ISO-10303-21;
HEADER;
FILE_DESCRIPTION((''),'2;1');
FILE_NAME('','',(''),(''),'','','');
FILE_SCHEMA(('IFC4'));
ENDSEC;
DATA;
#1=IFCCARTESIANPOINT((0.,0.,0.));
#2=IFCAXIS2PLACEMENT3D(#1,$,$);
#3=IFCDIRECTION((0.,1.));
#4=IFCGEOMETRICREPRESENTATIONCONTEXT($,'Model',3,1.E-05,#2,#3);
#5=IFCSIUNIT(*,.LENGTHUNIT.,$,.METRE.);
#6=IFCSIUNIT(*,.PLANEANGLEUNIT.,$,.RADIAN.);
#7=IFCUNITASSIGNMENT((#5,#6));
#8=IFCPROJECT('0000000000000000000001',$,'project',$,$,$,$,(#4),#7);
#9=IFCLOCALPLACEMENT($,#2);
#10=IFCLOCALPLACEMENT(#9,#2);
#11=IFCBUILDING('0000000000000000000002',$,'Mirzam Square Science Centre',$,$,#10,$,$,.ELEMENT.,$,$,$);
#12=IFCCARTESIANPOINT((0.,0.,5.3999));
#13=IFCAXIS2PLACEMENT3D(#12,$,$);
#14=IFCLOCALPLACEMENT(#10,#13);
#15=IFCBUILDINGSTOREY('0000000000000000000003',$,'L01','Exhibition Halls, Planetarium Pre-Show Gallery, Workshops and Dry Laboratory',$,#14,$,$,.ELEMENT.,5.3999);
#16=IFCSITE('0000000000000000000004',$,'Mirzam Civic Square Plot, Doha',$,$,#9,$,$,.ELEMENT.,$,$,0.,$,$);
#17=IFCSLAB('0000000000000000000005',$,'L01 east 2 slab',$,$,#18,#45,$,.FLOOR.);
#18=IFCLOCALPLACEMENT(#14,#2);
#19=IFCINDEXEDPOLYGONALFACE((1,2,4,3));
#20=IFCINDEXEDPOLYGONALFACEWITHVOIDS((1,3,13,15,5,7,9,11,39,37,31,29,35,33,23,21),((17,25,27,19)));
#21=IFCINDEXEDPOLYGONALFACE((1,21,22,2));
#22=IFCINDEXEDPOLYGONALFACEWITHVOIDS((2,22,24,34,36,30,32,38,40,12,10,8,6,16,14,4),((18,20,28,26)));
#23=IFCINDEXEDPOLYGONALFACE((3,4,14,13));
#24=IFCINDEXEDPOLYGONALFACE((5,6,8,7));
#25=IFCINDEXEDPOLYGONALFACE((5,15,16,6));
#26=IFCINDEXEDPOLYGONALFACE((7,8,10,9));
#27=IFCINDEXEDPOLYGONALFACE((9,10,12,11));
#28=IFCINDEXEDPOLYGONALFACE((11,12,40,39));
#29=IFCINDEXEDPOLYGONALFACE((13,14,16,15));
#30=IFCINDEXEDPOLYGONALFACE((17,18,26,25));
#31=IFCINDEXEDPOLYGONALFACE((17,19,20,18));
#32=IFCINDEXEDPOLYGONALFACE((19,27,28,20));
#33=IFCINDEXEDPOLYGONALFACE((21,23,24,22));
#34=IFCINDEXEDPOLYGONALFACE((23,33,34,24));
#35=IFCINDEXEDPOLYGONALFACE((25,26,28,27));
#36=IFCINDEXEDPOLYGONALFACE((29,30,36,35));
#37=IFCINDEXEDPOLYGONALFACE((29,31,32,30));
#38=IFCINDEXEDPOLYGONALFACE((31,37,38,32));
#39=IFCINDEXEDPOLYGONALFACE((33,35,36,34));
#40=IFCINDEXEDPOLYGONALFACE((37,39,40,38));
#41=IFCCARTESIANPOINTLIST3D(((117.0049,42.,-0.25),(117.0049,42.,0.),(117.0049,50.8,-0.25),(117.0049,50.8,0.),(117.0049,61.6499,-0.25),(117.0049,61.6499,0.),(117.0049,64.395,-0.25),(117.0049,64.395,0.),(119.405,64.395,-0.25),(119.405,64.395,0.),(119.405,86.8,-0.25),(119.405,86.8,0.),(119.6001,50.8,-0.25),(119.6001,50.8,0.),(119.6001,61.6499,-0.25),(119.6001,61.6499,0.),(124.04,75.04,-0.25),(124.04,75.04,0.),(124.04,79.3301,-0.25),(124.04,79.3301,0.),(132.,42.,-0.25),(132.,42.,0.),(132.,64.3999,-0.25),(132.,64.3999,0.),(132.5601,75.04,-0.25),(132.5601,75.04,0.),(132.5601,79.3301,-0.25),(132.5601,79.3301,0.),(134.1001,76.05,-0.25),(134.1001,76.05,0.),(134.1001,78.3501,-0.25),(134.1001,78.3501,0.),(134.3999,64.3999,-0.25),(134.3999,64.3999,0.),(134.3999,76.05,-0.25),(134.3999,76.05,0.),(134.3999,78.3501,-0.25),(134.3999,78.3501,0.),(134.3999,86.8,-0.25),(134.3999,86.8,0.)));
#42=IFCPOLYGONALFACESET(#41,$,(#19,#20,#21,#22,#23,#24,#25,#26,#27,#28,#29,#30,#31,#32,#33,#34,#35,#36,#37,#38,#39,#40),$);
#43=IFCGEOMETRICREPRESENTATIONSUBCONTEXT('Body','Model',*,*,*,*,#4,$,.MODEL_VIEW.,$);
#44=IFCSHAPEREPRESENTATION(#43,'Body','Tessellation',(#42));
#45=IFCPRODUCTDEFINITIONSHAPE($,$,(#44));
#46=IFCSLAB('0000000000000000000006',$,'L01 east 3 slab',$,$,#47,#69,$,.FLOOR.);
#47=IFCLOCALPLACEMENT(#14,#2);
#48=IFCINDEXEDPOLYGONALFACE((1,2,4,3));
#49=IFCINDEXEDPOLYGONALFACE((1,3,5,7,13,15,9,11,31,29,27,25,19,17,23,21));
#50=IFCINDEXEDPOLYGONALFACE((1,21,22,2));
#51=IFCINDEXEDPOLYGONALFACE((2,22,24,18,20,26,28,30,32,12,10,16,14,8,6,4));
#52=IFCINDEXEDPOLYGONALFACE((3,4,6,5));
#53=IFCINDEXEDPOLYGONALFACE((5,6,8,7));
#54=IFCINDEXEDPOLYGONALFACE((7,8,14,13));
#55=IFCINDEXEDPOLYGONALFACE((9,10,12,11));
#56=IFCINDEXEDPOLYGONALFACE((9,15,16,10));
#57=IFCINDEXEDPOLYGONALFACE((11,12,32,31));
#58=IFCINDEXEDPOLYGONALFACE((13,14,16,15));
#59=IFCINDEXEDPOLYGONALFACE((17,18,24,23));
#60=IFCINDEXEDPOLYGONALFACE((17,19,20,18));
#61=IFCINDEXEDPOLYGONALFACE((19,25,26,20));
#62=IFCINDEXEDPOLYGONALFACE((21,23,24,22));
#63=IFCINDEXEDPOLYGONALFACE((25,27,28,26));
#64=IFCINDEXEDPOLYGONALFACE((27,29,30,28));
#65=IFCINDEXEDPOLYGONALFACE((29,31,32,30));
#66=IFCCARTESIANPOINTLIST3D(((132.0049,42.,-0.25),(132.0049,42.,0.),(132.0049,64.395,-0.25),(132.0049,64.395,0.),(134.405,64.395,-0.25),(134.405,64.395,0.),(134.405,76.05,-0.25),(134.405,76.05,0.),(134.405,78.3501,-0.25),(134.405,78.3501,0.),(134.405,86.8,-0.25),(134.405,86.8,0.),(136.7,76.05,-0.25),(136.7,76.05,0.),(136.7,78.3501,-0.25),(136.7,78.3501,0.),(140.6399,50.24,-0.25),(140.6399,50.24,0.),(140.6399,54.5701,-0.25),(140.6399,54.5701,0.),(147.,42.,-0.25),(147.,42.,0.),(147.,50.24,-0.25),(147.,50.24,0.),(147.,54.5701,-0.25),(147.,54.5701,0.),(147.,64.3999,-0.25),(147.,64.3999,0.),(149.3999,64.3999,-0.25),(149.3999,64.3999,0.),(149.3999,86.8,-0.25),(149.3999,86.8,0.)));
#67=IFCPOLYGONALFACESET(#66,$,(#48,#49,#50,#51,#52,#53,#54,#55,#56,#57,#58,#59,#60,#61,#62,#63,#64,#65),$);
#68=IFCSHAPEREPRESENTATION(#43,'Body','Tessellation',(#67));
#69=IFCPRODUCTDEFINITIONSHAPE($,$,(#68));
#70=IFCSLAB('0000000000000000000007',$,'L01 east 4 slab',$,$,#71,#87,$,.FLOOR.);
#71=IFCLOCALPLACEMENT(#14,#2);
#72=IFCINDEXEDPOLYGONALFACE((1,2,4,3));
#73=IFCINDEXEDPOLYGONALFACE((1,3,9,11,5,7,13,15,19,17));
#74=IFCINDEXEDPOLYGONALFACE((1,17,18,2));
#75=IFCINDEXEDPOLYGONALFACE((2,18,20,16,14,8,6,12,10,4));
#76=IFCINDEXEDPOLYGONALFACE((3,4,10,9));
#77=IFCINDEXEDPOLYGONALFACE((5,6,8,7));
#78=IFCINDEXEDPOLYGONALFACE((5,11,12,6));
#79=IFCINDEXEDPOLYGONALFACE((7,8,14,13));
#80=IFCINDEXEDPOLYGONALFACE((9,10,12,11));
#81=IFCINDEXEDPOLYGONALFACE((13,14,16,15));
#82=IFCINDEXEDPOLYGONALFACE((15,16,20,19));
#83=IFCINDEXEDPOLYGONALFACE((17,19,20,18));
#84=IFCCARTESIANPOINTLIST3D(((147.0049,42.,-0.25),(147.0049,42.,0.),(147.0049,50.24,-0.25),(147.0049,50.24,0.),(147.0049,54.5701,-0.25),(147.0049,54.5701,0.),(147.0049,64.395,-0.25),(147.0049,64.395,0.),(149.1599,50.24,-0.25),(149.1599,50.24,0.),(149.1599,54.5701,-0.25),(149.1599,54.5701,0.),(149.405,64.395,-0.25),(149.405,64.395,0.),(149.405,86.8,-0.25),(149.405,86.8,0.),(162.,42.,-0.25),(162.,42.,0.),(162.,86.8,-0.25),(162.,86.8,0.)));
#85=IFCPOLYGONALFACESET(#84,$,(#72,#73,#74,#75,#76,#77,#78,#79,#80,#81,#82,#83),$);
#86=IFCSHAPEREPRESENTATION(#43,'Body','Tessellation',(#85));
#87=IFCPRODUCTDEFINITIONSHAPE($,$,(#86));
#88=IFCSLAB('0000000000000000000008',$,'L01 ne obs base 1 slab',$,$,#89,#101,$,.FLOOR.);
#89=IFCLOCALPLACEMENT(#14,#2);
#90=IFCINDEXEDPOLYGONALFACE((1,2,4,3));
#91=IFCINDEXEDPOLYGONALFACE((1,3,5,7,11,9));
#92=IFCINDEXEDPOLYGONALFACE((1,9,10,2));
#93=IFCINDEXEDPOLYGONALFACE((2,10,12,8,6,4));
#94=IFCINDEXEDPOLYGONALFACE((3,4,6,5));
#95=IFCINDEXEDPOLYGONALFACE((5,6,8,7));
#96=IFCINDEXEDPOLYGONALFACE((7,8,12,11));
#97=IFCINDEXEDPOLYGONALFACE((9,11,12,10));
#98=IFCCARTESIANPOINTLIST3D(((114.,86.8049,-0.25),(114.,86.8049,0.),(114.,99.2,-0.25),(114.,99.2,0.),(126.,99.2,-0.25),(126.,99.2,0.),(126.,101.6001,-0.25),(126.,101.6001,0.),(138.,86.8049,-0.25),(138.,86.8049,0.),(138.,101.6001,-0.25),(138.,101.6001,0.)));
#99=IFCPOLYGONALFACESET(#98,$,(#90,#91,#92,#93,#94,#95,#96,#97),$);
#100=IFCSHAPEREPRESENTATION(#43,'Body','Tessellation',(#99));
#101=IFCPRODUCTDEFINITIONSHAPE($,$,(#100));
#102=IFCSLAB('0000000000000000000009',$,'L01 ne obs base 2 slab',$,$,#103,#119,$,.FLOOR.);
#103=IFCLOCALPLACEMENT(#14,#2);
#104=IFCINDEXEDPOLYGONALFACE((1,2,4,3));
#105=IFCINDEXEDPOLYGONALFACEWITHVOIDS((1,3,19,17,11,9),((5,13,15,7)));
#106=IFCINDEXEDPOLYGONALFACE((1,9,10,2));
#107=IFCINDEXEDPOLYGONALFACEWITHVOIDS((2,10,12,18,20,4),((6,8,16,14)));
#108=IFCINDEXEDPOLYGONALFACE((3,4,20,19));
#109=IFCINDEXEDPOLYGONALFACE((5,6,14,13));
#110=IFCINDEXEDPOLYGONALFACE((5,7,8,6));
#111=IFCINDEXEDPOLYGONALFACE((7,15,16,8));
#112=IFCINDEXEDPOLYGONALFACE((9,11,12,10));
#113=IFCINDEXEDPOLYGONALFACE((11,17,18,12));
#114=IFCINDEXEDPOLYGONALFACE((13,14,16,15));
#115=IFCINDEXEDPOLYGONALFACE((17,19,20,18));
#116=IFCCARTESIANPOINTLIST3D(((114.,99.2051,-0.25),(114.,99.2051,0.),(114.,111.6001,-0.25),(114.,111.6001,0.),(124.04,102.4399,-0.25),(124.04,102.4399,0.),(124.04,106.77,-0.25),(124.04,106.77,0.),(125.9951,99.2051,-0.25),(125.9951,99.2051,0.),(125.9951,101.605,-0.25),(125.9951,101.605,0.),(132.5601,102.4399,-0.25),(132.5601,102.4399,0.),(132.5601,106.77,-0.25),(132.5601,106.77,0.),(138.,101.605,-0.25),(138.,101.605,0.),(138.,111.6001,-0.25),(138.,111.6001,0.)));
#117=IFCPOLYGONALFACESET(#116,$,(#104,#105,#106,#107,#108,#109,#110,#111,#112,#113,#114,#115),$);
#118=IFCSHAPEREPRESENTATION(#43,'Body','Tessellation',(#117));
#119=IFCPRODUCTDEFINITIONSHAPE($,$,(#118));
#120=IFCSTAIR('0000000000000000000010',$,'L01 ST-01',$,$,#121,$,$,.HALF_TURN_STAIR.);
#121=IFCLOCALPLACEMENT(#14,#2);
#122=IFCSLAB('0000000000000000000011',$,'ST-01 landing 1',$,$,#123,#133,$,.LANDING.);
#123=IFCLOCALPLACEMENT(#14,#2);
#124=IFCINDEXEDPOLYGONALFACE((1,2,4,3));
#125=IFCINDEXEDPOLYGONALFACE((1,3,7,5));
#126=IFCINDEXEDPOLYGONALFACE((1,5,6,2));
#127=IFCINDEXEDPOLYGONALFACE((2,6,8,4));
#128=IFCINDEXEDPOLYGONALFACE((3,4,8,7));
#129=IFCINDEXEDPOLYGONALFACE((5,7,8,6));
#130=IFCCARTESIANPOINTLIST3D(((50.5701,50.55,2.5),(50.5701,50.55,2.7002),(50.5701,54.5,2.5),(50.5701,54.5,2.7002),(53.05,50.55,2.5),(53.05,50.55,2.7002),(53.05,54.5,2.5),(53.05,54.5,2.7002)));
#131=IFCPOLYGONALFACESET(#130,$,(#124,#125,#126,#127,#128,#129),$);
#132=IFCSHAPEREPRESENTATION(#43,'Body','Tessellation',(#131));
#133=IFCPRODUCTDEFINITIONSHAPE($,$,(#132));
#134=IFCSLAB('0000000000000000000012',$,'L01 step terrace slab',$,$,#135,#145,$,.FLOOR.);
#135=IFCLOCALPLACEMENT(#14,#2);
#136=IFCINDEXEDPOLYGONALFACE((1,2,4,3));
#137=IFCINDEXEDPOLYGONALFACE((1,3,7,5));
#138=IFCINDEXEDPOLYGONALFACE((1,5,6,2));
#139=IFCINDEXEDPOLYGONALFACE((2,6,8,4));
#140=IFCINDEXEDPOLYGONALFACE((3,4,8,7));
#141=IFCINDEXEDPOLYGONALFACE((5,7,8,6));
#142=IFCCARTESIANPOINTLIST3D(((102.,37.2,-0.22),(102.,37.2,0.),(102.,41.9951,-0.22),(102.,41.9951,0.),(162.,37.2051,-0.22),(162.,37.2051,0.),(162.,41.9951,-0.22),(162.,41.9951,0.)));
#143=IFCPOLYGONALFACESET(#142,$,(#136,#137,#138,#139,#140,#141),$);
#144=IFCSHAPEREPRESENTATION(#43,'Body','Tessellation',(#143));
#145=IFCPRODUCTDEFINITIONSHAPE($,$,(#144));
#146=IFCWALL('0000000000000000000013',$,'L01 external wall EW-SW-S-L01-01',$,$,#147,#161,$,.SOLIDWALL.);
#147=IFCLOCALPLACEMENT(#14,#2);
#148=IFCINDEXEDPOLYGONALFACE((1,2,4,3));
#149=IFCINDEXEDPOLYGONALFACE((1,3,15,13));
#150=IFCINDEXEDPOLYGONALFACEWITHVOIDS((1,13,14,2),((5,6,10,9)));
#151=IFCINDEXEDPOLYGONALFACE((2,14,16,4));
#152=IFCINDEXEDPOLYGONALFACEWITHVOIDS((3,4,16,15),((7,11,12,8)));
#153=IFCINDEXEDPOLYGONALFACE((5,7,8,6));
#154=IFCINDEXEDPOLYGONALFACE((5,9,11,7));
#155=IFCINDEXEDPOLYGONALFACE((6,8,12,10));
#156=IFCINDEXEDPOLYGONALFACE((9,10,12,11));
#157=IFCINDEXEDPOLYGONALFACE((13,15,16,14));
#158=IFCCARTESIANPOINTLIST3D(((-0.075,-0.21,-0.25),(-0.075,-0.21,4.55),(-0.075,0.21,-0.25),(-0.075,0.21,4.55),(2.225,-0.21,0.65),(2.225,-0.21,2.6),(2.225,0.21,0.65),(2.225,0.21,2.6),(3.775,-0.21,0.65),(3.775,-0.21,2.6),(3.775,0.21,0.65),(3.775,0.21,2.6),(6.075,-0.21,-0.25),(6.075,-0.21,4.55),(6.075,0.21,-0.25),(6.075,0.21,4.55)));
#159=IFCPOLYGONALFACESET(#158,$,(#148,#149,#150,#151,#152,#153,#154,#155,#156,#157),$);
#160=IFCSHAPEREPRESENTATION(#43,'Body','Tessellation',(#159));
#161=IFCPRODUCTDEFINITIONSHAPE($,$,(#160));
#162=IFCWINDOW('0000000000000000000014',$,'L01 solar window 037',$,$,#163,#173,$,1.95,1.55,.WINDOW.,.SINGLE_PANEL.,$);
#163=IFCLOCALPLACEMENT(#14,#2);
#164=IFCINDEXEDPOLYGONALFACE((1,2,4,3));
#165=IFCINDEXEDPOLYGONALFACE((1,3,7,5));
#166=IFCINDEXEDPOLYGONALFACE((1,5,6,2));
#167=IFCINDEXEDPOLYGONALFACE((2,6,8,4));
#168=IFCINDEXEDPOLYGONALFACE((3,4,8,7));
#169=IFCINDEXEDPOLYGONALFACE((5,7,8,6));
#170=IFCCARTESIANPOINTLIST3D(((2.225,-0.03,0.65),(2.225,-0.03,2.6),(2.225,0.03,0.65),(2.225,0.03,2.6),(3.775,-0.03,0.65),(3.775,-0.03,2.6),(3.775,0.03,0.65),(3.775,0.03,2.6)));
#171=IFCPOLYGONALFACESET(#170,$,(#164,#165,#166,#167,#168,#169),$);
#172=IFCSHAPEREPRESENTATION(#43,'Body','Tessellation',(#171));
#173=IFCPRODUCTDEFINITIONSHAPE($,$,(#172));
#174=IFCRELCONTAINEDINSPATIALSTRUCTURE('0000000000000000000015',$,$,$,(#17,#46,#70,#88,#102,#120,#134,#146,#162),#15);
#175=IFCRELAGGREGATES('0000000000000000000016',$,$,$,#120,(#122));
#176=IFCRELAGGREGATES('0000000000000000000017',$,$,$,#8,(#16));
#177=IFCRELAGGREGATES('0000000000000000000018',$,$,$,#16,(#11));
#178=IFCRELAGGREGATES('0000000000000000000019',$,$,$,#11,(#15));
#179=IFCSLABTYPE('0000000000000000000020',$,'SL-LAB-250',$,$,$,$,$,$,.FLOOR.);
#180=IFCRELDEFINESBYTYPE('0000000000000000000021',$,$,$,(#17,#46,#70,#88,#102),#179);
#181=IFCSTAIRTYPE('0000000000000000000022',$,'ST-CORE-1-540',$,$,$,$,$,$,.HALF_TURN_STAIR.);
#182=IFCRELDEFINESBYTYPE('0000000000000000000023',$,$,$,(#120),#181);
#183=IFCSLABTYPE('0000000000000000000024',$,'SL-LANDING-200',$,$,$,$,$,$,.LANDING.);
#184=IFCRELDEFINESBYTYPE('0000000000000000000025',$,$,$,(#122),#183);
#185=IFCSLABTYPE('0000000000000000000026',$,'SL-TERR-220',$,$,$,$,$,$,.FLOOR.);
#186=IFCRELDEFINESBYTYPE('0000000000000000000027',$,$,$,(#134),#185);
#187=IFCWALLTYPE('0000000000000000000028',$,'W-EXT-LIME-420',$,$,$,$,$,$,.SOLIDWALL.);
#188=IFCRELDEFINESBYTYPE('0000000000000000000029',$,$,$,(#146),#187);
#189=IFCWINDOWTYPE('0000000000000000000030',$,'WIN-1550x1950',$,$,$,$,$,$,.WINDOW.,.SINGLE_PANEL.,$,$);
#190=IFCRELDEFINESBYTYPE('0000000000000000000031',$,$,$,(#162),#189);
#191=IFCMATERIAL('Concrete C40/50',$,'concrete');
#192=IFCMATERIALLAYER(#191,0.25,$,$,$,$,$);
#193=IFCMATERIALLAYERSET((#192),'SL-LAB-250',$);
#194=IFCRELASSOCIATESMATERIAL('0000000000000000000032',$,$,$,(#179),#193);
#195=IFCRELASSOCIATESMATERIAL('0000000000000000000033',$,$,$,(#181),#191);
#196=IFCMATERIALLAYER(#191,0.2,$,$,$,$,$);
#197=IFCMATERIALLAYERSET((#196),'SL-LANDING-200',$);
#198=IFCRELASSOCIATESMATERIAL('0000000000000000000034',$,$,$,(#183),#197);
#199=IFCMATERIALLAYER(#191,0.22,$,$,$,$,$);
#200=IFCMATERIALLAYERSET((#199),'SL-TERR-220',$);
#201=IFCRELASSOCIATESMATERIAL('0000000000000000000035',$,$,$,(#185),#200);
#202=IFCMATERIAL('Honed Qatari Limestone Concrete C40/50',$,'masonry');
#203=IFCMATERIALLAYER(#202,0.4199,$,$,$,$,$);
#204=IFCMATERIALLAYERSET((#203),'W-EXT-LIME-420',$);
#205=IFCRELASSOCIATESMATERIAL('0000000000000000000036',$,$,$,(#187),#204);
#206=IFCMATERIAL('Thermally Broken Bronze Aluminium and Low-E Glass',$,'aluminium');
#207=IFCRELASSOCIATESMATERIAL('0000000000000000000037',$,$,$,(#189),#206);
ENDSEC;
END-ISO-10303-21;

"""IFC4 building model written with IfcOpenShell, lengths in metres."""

from ifc_helpers import new_model, si_unit, direction, frame, frame_2d, origin, place, context, subcontext, project, spatial, polyline, rectangle, outline, extrude, material, layer, layer_set, type_object, element, fill, aggregate, save


model = new_model("IFC4")

# Units and contexts
model_context = context("Model", 3, precision=1e-05, world=origin(), true_north=direction((0.0, 1.0)))
body_context = subcontext(model_context, "Body", "Model", "MODEL_VIEW")
ifc_project = project(units=[si_unit("LENGTHUNIT", "METRE"), si_unit("PLANEANGLEUNIT", "RADIAN")], contexts=[model_context])

# Site, building, storey
site_placement = place(None, origin())
site = spatial("IfcSite", under=ifc_project, at=site_placement, Name="Mirzam Civic Square Plot, Doha", CompositionType="ELEMENT", RefElevation=0.0)
building_placement = place(site_placement, origin())
building = spatial("IfcBuilding", under=site, at=building_placement, Name="Mirzam Square Science Centre", CompositionType="ELEMENT")
storey_placement = place(building_placement, frame((0.0, 0.0, 5.3999)))
storey = spatial("IfcBuildingStorey", under=building, at=storey_placement, Name="L01", Description="Exhibition Halls, Planetarium Pre-Show Gallery, Workshops and Dry Laboratory", CompositionType="ELEMENT", Elevation=5.3999)

# Slabs
ifc_material_1 = material(Name="Concrete C40/50", Category="concrete")
ifc_layer_1 = layer(ifc_material_1, 0.25)
ifc_layer_set_1 = layer_set([ifc_layer_1], Name="SL-LAB-250")
slab_type_1 = type_object("IfcSlabType", Name="SL-LAB-250", PredefinedType="FLOOR", material=ifc_layer_set_1)
slab_1_placement = place(storey_placement, frame((0.0, 0.0, -0.25)))
element("IfcSlab", 1, at=slab_1_placement, inside=storey, type_object=slab_type_1, Name="L01 east 2 slab", PredefinedType="FLOOR", context=body_context, shape_type="SweptSolid", body=[
    extrude(outline(polyline([(132.0, 64.3999), (132.0, 42.0), (117.0049, 42.0), (117.0049, 50.8), (119.6001, 50.8), (119.6001, 61.6499), (117.0049, 61.6499), (117.0049, 64.395), (119.405, 64.395), (119.405, 86.8), (134.3999, 86.8), (134.3999, 78.3501), (134.1001, 78.3501), (134.1001, 76.05), (134.3999, 76.05), (134.3999, 64.3999), (132.0, 64.3999)]), holes=[polyline([(132.5601, 79.3301), (124.04, 79.3301), (124.04, 75.04), (132.5601, 75.04), (132.5601, 79.3301)])]), origin(), (0.0, 0.0, 1.0), 0.25),
])
slab_2_placement = place(storey_placement, frame((0.0, 0.0, -0.25)))
element("IfcSlab", 2, at=slab_2_placement, inside=storey, type_object=slab_type_1, Name="L01 east 3 slab", PredefinedType="FLOOR", context=body_context, shape_type="SweptSolid", body=[
    extrude(outline(polyline([(132.0049, 42.0), (132.0049, 64.395), (134.405, 64.395), (134.405, 76.05), (136.7, 76.05), (136.7, 78.3501), (134.405, 78.3501), (134.405, 86.8), (149.3999, 86.8), (149.3999, 64.3999), (147.0, 64.3999), (147.0, 54.5701), (140.6399, 54.5701), (140.6399, 50.24), (147.0, 50.24), (147.0, 42.0), (132.0049, 42.0)])), origin(), (0.0, 0.0, 1.0), 0.25),
])
slab_3_placement = place(storey_placement, frame((0.0, 0.0, -0.25)))
element("IfcSlab", 3, at=slab_3_placement, inside=storey, type_object=slab_type_1, Name="L01 east 4 slab", PredefinedType="FLOOR", context=body_context, shape_type="SweptSolid", body=[
    extrude(outline(polyline([(162.0, 86.8), (162.0, 42.0), (147.0049, 42.0), (147.0049, 50.24), (149.1599, 50.24), (149.1599, 54.5701), (147.0049, 54.5701), (147.0049, 64.395), (149.405, 64.395), (149.405, 86.8), (162.0, 86.8)])), origin(), (0.0, 0.0, 1.0), 0.25),
])
slab_4_placement = place(storey_placement, frame((0.0, 0.0, -0.25)))
element("IfcSlab", 4, at=slab_4_placement, inside=storey, type_object=slab_type_1, Name="L01 ne obs base 1 slab", PredefinedType="FLOOR", context=body_context, shape_type="SweptSolid", body=[
    extrude(outline(polyline([(126.0, 99.2), (126.0, 101.6001), (138.0, 101.6001), (138.0, 86.8049), (114.0, 86.8049), (114.0, 99.2), (126.0, 99.2)])), origin(), (0.0, 0.0, 1.0), 0.25),
])
slab_5_placement = place(storey_placement, frame((0.0, 0.0, -0.25)))
element("IfcSlab", 5, at=slab_5_placement, inside=storey, type_object=slab_type_1, Name="L01 ne obs base 2 slab", PredefinedType="FLOOR", context=body_context, shape_type="SweptSolid", body=[
    extrude(outline(polyline([(114.0, 111.6001), (138.0, 111.6001), (138.0, 101.605), (125.9951, 101.605), (125.9951, 99.2051), (114.0, 99.2051), (114.0, 111.6001)]), holes=[polyline([(132.5601, 102.4399), (132.5601, 106.77), (124.04, 106.77), (124.04, 102.4399), (132.5601, 102.4399)])]), origin(), (0.0, 0.0, 1.0), 0.25),
])

# Stair, slab
stair_type = type_object("IfcStairType", Name="ST-CORE-1-540", PredefinedType="HALF_TURN_STAIR", material=ifc_material_1)
stair_placement = place(storey_placement, origin())
stair = element("IfcStair", 6, at=stair_placement, inside=storey, type_object=stair_type, Name="L01 ST-01", PredefinedType="HALF_TURN_STAIR")
ifc_layer_2 = layer(ifc_material_1, 0.2)
ifc_layer_set_2 = layer_set([ifc_layer_2], Name="SL-LANDING-200")
slab_type_2 = type_object("IfcSlabType", Name="SL-LANDING-200", PredefinedType="LANDING", material=ifc_layer_set_2)
slab_6_placement = place(storey_placement, frame((0.0, 0.0, 2.5)))
slab_6 = element("IfcSlab", 7, at=slab_6_placement, type_object=slab_type_2, Name="ST-01 landing 1", PredefinedType="LANDING", context=body_context, shape_type="SweptSolid", body=[
    extrude(outline(polyline([(50.5701, 50.55), (53.05, 50.55), (53.05, 54.5), (50.5701, 54.5), (50.5701, 50.55)])), origin(), (0.0, 0.0, 1.0), 0.2002),
])
aggregate(stair, [slab_6])

# Slab
ifc_layer_3 = layer(ifc_material_1, 0.22)
ifc_layer_set_3 = layer_set([ifc_layer_3], Name="SL-TERR-220")
slab_type_3 = type_object("IfcSlabType", Name="SL-TERR-220", PredefinedType="FLOOR", material=ifc_layer_set_3)
slab_7_placement = place(storey_placement, frame((0.0, 0.0, -0.22)))
element("IfcSlab", 8, at=slab_7_placement, inside=storey, type_object=slab_type_3, Name="L01 step terrace slab", PredefinedType="FLOOR", context=body_context, shape_type="SweptSolid", body=[
    extrude(outline(polyline([(102.0, 37.2), (102.0, 41.9951), (162.0, 41.9951), (162.0, 37.2051), (102.0, 37.2)])), origin(), (0.0, 0.0, 1.0), 0.22),
])

# Wall, opening, window
ifc_material_2 = material(Name="Honed Qatari Limestone Concrete C40/50", Category="masonry")
ifc_layer_4 = layer(ifc_material_2, 0.4199)
ifc_layer_set_4 = layer_set([ifc_layer_4], Name="W-EXT-LIME-420")
wall_type = type_object("IfcWallType", Name="W-EXT-LIME-420", PredefinedType="SOLIDWALL", material=ifc_layer_set_4)
wall_placement = place(storey_placement, frame((-0.075, 0.0, -0.25), z_axis=(0.0, 0.0, 1.0), x_axis=(1.0, 0.0, 0.0)))
wall = element("IfcWall", 9, at=wall_placement, inside=storey, type_object=wall_type, Name="L01 external wall EW-SW-S-L01-01", PredefinedType="SOLIDWALL", context=body_context, shape_type="SweptSolid", body=[
    extrude(rectangle(XDim=6.1499, YDim=0.4199, at=frame_2d((3.075, 0.0))), origin(), (0.0, 0.0, 1.0), 4.8),
])
opening_placement = place(wall_placement, frame((2.3, 0.0, 0.8999)))
opening = element("IfcOpeningElement", 10, at=opening_placement, cuts=wall, PredefinedType="OPENING", context=body_context, shape_type="SweptSolid", body=[
    extrude(rectangle(XDim=1.55, YDim=1.95, at=frame_2d((0.7749, 0.9751))), frame((0.0, 0.22, 0.0), z_axis=(0.0, -1.0, 0.0), x_axis=(1.0, 0.0, 0.0)), (0.0, 0.0, 1.0), 0.4399),
])
ifc_material_3 = material(Name="Thermally Broken Bronze Aluminium and Low-E Glass", Category="aluminium")
window_type = type_object("IfcWindowType", Name="WIN-1550x1950", PartitioningType="SINGLE_PANEL", PredefinedType="WINDOW", material=ifc_material_3)
window_placement = place(opening_placement, origin())
window = element("IfcWindow", 11, at=window_placement, inside=storey, type_object=window_type, Name="L01 solar window 037", OverallHeight=1.95, OverallWidth=1.55, PartitioningType="SINGLE_PANEL", PredefinedType="WINDOW", context=body_context, shape_type="SweptSolid", body=[
    extrude(rectangle(XDim=1.55, YDim=1.95, at=frame_2d((0.7749, 0.9751))), frame((0.0, 0.03, 0.0), z_axis=(0.0, -1.0, 0.0), x_axis=(1.0, 0.0, 0.0)), (0.0, 0.0, 1.0), 0.0601),
])
fill(opening, window)

save(model, "model.ifc")
